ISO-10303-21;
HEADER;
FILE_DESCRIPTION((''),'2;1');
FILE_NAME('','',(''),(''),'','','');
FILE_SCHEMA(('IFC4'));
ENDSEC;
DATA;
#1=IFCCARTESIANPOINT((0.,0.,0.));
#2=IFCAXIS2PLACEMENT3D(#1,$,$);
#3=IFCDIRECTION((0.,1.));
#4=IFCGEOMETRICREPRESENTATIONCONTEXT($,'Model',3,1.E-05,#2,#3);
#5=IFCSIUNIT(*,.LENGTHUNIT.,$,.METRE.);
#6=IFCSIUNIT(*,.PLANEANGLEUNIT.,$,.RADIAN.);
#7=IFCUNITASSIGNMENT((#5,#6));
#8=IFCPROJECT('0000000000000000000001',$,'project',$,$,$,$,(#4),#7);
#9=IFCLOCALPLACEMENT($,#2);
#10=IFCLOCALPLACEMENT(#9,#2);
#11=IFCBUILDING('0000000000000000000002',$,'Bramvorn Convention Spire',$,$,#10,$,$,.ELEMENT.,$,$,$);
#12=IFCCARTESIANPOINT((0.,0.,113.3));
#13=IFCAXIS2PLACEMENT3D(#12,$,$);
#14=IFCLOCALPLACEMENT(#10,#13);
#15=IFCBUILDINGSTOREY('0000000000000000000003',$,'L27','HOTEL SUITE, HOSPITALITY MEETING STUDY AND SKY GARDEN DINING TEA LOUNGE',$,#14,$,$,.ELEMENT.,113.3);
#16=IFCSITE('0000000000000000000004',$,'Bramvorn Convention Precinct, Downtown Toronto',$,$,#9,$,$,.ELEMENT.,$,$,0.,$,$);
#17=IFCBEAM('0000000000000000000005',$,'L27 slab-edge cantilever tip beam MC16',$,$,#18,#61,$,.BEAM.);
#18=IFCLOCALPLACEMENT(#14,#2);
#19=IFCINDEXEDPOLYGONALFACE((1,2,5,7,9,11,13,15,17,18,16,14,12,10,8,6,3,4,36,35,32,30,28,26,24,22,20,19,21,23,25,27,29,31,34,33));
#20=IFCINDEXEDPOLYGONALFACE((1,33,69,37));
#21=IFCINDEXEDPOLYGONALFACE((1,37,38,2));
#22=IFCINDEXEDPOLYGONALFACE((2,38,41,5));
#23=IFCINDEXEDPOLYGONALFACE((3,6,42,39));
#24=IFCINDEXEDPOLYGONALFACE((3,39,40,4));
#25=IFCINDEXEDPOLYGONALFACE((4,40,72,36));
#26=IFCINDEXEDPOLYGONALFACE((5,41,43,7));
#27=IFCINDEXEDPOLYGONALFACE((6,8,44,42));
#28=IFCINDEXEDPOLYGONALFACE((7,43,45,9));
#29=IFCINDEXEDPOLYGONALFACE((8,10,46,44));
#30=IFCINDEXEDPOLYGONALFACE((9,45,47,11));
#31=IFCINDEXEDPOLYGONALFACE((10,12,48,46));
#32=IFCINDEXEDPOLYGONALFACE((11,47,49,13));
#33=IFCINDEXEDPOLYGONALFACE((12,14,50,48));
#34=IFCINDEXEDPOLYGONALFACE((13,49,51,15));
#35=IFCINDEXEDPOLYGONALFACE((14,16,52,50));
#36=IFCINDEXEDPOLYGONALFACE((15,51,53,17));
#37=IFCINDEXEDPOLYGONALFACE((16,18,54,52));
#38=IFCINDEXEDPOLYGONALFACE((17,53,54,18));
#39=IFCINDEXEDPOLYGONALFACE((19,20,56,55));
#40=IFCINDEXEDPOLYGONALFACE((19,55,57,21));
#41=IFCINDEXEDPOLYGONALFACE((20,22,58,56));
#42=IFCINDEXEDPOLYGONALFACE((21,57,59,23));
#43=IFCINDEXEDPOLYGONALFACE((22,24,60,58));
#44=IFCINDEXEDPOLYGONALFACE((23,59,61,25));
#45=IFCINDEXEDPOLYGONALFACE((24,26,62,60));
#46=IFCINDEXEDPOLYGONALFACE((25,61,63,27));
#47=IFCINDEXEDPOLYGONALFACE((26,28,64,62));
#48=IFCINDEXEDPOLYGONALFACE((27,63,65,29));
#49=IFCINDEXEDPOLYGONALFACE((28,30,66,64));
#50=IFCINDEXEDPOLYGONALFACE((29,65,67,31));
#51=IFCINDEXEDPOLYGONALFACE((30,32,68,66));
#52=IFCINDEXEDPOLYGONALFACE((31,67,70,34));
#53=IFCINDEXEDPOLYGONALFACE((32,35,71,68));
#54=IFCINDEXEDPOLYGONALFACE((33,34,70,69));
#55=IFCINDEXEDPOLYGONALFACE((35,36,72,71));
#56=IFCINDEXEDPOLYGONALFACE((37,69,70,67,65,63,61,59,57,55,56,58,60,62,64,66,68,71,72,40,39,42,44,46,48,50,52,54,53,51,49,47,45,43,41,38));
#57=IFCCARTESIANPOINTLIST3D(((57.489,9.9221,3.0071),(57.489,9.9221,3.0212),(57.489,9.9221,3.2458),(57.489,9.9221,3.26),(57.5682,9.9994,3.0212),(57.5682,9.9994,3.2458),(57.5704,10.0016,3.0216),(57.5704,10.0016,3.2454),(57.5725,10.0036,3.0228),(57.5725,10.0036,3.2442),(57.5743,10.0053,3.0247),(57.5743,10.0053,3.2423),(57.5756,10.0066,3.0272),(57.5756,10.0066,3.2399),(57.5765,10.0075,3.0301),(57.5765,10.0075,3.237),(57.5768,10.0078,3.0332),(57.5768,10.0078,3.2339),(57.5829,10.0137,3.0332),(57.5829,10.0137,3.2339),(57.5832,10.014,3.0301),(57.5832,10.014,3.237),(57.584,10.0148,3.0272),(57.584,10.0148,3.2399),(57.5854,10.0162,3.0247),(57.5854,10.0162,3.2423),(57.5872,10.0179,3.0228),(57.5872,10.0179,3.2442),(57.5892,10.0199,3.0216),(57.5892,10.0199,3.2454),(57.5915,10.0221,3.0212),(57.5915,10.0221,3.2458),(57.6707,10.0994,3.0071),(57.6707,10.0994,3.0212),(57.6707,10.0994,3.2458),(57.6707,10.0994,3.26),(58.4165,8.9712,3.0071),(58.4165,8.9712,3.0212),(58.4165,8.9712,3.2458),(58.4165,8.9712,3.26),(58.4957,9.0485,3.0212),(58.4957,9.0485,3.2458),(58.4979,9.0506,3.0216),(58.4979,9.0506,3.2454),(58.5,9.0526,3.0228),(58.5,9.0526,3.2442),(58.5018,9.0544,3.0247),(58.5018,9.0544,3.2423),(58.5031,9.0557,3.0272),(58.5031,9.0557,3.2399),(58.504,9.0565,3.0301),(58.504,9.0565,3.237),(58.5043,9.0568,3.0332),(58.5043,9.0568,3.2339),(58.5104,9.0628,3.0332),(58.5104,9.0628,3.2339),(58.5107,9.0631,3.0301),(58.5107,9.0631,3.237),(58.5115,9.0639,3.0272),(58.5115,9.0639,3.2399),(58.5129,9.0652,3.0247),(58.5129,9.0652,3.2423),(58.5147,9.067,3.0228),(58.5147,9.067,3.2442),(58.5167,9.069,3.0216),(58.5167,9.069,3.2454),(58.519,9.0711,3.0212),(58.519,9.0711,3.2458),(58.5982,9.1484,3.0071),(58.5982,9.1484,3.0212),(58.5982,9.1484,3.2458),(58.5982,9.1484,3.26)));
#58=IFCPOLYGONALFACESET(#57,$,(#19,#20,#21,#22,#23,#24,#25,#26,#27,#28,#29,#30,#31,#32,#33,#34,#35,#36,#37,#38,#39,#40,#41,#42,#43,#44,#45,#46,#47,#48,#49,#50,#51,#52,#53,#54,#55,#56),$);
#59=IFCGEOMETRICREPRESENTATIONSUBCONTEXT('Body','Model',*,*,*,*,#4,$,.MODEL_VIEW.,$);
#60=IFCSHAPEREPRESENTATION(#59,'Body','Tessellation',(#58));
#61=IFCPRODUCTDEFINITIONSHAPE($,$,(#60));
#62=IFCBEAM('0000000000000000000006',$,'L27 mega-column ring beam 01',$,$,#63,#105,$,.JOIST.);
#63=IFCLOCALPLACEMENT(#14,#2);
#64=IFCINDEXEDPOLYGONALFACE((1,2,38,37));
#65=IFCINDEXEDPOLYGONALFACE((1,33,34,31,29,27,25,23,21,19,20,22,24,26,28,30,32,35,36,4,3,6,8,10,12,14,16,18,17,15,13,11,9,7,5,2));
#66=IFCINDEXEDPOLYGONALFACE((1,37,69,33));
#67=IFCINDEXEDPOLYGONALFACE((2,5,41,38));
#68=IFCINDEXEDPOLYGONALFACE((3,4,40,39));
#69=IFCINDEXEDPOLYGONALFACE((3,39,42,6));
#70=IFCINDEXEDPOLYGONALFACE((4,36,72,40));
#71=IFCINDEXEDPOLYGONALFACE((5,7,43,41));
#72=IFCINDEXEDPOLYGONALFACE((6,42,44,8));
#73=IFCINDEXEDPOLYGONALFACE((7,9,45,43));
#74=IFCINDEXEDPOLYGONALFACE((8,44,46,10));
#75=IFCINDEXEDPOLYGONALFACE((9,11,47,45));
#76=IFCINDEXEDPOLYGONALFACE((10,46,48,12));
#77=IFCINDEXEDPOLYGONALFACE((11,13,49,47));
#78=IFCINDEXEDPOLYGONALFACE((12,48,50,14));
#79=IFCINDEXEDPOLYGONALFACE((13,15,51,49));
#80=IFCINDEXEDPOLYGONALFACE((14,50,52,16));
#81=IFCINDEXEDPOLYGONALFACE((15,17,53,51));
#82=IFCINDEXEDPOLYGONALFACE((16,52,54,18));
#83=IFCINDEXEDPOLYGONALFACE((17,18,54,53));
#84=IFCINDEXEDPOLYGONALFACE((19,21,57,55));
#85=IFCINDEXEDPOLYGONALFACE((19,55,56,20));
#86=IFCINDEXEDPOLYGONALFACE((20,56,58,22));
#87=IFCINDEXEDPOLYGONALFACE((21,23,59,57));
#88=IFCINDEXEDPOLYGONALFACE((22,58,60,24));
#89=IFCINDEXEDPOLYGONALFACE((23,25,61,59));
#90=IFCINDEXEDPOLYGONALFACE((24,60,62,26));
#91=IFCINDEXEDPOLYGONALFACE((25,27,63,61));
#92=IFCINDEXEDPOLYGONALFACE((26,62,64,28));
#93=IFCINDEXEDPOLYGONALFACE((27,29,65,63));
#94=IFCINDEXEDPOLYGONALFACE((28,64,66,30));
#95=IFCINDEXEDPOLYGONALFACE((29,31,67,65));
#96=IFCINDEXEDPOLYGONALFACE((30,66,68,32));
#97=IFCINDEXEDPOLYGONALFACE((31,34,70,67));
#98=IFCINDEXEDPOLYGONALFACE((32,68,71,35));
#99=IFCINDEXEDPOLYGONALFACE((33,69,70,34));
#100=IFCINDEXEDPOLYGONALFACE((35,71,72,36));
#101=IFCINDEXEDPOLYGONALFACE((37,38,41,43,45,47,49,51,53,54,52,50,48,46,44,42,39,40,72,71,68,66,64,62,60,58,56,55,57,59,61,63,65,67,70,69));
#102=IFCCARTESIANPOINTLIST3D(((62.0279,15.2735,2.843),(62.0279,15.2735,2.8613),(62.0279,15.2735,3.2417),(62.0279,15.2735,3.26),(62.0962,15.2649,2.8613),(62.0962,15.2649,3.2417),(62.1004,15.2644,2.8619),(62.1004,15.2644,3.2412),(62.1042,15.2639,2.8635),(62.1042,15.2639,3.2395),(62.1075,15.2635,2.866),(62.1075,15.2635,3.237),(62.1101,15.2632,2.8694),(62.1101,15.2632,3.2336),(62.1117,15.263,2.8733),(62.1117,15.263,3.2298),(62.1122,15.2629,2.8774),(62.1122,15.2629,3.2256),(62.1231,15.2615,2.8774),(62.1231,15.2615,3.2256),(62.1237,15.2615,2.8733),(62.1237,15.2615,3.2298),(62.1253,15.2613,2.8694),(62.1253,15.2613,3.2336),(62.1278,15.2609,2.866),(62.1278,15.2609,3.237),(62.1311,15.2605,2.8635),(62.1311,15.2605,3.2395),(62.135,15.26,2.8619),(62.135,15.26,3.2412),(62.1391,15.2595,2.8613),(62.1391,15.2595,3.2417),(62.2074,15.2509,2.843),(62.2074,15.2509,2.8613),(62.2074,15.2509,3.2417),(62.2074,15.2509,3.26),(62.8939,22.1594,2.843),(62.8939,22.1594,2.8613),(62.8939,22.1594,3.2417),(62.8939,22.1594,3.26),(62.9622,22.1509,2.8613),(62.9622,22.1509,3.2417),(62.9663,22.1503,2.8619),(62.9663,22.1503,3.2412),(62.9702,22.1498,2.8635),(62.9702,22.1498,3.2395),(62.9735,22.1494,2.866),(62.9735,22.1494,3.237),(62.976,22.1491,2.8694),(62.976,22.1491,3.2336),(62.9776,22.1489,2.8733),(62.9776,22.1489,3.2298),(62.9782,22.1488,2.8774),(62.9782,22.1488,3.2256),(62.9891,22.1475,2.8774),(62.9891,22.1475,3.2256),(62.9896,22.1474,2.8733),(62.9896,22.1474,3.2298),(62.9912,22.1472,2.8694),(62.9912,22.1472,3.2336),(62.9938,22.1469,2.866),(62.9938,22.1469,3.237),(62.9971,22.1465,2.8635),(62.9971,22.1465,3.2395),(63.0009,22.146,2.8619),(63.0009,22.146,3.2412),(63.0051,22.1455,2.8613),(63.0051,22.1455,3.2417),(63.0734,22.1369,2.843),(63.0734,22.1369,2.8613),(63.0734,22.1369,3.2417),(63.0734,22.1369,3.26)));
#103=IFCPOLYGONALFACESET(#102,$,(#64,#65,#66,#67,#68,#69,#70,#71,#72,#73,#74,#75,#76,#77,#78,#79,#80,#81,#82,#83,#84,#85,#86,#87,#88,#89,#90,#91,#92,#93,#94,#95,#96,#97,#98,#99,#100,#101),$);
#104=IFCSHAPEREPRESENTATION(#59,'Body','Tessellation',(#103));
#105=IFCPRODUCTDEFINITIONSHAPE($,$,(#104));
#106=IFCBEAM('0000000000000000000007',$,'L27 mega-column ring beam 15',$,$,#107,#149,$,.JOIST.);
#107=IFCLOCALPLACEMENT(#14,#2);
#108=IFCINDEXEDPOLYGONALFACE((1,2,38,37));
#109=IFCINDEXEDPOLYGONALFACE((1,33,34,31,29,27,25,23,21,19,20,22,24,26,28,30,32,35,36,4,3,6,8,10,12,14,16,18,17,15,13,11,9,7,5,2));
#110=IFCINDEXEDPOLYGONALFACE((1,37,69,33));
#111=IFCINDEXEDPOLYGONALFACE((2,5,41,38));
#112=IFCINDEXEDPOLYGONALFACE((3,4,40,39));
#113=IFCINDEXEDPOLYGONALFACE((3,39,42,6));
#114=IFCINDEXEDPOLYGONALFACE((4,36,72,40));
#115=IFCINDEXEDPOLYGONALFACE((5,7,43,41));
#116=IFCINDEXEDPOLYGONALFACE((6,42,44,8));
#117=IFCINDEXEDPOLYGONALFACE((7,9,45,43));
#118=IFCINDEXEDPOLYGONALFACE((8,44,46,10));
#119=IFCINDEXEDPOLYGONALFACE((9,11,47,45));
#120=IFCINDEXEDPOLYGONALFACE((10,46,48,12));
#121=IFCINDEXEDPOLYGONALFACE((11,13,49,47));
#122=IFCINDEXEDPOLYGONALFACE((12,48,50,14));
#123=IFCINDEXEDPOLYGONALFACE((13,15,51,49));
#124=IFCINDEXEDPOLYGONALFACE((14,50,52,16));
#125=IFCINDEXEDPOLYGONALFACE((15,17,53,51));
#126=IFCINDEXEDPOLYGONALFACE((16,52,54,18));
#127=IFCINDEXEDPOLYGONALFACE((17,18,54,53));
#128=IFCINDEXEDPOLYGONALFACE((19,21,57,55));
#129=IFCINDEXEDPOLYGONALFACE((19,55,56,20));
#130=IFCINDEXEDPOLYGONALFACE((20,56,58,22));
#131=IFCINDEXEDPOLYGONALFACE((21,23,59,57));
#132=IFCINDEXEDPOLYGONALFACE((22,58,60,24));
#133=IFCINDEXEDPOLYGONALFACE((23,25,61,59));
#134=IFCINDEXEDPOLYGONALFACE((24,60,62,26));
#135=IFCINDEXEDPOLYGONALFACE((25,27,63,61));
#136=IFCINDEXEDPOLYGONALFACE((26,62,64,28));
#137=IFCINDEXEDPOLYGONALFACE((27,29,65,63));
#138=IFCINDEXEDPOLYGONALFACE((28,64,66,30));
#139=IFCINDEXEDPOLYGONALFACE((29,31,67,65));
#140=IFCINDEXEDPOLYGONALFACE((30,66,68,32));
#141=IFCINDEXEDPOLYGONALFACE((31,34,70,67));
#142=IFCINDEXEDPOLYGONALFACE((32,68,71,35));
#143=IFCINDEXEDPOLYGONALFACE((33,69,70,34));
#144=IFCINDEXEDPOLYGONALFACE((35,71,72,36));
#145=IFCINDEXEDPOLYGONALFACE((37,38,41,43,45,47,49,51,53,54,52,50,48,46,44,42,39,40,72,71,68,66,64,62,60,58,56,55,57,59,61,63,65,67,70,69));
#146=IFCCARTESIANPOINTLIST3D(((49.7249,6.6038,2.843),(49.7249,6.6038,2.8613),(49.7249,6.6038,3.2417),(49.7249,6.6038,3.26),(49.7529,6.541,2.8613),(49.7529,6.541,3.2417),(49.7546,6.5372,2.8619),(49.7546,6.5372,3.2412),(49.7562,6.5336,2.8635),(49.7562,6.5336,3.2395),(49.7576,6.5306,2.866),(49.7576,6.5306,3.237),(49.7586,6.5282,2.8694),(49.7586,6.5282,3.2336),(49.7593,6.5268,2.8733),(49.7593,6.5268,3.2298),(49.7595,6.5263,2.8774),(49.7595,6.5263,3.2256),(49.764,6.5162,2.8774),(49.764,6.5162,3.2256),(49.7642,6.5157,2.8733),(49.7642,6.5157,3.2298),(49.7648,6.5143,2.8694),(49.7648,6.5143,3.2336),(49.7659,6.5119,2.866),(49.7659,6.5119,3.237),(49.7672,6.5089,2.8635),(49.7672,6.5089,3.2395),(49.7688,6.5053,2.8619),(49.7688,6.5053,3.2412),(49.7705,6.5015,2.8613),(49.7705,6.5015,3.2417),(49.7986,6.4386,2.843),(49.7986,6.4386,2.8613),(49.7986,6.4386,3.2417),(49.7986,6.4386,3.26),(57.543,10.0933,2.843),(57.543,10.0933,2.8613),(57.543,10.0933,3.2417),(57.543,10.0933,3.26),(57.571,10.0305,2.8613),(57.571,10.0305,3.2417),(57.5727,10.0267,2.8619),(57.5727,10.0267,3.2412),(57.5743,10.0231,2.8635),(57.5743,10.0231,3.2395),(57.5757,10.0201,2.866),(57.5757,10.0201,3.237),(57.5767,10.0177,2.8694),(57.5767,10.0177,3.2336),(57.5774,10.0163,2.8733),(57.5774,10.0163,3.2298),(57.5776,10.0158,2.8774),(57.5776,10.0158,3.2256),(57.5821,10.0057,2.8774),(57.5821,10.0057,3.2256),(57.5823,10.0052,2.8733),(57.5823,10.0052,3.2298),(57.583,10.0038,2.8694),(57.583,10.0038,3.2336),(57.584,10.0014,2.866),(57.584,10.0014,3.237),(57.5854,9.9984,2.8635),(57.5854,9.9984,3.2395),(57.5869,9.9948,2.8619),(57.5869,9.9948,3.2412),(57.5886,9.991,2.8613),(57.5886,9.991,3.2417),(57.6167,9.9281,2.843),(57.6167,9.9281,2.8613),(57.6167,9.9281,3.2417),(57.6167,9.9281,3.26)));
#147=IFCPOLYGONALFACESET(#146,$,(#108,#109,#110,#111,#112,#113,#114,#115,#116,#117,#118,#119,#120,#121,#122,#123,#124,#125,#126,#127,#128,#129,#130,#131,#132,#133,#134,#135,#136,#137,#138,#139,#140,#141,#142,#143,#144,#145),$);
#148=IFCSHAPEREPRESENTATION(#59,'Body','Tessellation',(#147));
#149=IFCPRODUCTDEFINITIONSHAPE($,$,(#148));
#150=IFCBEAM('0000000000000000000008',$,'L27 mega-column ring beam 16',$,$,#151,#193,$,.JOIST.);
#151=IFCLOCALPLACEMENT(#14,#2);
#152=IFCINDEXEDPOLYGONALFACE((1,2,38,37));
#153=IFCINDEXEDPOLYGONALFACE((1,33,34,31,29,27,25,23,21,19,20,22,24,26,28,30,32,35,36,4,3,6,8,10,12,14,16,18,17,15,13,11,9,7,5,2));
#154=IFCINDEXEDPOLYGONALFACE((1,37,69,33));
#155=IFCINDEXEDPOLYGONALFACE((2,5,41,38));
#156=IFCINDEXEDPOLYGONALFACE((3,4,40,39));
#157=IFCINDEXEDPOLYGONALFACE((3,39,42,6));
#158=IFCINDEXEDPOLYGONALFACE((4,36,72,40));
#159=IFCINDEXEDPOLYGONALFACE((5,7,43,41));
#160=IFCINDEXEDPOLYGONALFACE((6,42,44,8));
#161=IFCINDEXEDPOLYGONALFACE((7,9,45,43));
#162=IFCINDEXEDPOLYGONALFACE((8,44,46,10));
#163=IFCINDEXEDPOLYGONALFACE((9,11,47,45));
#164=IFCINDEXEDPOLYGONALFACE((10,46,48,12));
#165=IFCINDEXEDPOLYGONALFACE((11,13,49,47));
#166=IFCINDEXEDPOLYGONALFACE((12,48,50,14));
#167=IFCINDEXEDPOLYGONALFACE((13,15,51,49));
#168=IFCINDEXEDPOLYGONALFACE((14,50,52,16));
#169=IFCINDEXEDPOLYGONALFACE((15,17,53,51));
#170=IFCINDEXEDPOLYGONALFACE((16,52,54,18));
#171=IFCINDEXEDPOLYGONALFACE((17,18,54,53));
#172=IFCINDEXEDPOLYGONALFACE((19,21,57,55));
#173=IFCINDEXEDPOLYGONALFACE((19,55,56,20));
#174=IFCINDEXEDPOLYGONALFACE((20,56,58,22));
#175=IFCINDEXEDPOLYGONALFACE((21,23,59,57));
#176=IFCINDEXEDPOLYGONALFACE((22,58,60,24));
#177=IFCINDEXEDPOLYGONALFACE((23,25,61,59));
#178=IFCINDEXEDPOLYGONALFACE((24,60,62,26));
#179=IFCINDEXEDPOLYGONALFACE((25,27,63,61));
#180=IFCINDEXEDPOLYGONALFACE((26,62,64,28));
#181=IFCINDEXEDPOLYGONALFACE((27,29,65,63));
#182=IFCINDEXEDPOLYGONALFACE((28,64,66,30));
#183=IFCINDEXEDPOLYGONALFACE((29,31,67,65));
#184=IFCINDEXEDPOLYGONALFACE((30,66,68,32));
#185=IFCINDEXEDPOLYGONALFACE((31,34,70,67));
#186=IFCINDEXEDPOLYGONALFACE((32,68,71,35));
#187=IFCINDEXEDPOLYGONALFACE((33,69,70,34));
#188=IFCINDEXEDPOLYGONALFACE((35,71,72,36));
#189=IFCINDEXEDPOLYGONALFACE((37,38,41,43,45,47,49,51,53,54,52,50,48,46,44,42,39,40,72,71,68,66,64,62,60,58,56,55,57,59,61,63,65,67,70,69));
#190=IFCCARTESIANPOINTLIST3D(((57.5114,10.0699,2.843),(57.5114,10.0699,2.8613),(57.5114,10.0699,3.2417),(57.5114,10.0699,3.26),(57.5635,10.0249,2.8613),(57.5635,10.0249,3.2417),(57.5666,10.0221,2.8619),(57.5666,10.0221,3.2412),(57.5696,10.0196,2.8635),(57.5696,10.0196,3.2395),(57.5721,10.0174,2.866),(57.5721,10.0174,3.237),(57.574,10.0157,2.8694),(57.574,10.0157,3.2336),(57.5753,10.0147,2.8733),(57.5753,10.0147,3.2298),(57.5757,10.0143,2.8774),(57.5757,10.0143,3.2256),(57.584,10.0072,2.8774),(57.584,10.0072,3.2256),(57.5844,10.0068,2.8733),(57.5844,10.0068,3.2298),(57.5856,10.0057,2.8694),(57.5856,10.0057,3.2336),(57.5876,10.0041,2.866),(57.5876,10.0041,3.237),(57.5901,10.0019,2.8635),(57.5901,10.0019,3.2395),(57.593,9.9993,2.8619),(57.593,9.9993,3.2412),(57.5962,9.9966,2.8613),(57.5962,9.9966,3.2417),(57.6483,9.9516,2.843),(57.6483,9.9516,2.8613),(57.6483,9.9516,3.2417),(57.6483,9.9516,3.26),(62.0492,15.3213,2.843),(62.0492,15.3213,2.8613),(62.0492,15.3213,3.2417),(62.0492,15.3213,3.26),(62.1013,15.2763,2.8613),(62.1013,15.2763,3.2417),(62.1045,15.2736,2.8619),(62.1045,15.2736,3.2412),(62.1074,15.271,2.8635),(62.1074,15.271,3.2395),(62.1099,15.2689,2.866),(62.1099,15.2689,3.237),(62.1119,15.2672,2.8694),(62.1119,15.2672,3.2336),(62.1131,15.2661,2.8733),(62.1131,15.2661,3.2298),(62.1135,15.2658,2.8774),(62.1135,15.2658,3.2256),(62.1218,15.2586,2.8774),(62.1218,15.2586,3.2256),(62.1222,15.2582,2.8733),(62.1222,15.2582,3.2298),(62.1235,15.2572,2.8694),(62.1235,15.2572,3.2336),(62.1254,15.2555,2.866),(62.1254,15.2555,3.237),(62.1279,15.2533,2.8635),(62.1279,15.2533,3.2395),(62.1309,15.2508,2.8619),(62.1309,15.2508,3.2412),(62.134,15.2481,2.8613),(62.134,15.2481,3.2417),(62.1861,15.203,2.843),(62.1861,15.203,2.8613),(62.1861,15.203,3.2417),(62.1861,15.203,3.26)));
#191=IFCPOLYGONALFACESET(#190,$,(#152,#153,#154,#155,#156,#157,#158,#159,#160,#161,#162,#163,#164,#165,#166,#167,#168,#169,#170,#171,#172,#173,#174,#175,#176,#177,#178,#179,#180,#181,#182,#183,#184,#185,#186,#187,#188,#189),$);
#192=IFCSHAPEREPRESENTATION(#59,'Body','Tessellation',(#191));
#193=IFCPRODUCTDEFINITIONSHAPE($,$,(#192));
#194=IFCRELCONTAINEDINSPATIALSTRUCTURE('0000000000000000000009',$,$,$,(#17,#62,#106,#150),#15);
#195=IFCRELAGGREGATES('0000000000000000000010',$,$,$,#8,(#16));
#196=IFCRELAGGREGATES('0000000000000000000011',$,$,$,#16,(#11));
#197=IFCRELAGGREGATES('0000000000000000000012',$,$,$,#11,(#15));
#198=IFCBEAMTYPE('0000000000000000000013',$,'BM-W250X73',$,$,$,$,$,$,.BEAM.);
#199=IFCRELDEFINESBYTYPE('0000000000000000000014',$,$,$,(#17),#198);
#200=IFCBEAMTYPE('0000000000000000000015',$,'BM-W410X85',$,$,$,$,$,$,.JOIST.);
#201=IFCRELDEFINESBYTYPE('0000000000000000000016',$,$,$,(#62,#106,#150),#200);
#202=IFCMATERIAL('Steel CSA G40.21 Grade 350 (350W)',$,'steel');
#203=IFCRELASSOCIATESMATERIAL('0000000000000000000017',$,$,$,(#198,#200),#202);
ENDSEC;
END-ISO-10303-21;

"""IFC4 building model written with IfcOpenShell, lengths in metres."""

from ifc_helpers import new_model, si_unit, direction, frame, origin, origin_2d, place, context, subcontext, project, spatial, i_section, extrude, material, material_profile, profile_set, type_object, element, save


model = new_model("IFC4")

# Units and contexts
model_context = context("Model", 3, precision=1e-05, world=origin(), true_north=direction((0.0, 1.0)))
body_context = subcontext(model_context, "Body", "Model", "MODEL_VIEW")
ifc_project = project(units=[si_unit("LENGTHUNIT", "METRE"), si_unit("PLANEANGLEUNIT", "RADIAN")], contexts=[model_context])

# Site, building, storey
site_placement = place(None, origin())
site = spatial("IfcSite", under=ifc_project, at=site_placement, Name="Bramvorn Convention Precinct, Downtown Toronto", CompositionType="ELEMENT", RefElevation=0.0)
building_placement = place(site_placement, origin())
building = spatial("IfcBuilding", under=site, at=building_placement, Name="Bramvorn Convention Spire", CompositionType="ELEMENT")
storey_placement = place(building_placement, frame((0.0, 0.0, 113.3)))
storey = spatial("IfcBuildingStorey", under=building, at=storey_placement, Name="L27", Description="HOTEL SUITE, HOSPITALITY MEETING STUDY AND SKY GARDEN DINING TEA LOUNGE", CompositionType="ELEMENT", Elevation=113.3)

# Shared definitions
ifc_material_1 = material(Name="Steel CSA G40.21 Grade 350 (350W)", Category="steel")

# Beams
ifc_material_profile_1 = material_profile(ifc_material_1, i_section(OverallWidth=0.2539, OverallDepth=0.2529, WebThickness=0.0085, FlangeThickness=0.0142, FilletRadius=0.012, at=origin_2d()))
ifc_profile_set_1 = profile_set([ifc_material_profile_1], Name="Steel CSA G40.21 Grade 350 (350W) - W250X73")
beam_type_1 = type_object("IfcBeamType", Name="BM-W250X73", PredefinedType="BEAM", material=ifc_profile_set_1)
beam_1_placement = place(storey_placement, frame((57.5798, 10.0107, 3.1335), z_axis=(0.69823, -0.715874, 0.0), x_axis=(0.715874, 0.69823, 0.0)))
element("IfcBeam", 1, at=beam_1_placement, inside=storey, type_object=beam_type_1, Name="L27 slab-edge cantilever tip beam MC16", PredefinedType="BEAM", context=body_context, shape_type="SweptSolid", body=[
    extrude(i_section(OverallWidth=0.2539, OverallDepth=0.2529, WebThickness=0.0085, FlangeThickness=0.0142, FilletRadius=0.012, at=origin_2d()), origin(), (0.0, 0.0, 1.0), 1.3284),
])
ifc_material_profile_2 = material_profile(ifc_material_1, i_section(OverallWidth=0.1809, OverallDepth=0.417, WebThickness=0.011, FlangeThickness=0.0183, FilletRadius=0.0161, at=origin_2d()))
ifc_profile_set_2 = profile_set([ifc_material_profile_2], Name="Steel CSA G40.21 Grade 350 (350W) - W410X85")
beam_type_2 = type_object("IfcBeamType", Name="BM-W410X85", PredefinedType="JOIST", material=ifc_profile_set_2)
beam_2_placement = place(storey_placement, frame((62.1177, 15.2622, 3.0515), z_axis=(0.124775, 0.992185, 0.0), x_axis=(-0.992185, 0.124775, 0.0)))
element("IfcBeam", 2, at=beam_2_placement, inside=storey, type_object=beam_type_2, Name="L27 mega-column ring beam 01", PredefinedType="JOIST", context=body_context, shape_type="SweptSolid", body=[
    extrude(i_section(OverallWidth=0.1809, OverallDepth=0.417, WebThickness=0.011, FlangeThickness=0.0183, FilletRadius=0.0161, at=origin_2d()), origin(), (0.0, 0.0, 1.0), 6.9402),
])
beam_3_placement = place(storey_placement, frame((49.7617, 6.5212, 3.0515), z_axis=(0.91317, 0.40758, 0.0), x_axis=(-0.40758, 0.91317, 0.0)))
element("IfcBeam", 3, at=beam_3_placement, inside=storey, type_object=beam_type_2, Name="L27 mega-column ring beam 15", PredefinedType="JOIST", context=body_context, shape_type="SweptSolid", body=[
    extrude(i_section(OverallWidth=0.1809, OverallDepth=0.417, WebThickness=0.011, FlangeThickness=0.0183, FilletRadius=0.0161, at=origin_2d()), origin(), (0.0, 0.0, 1.0), 8.5615),
])
beam_4_placement = place(storey_placement, frame((57.5798, 10.0107, 3.0515), z_axis=(0.653825, 0.756646, 0.0), x_axis=(-0.756646, 0.653825, 0.0)))
element("IfcBeam", 4, at=beam_4_placement, inside=storey, type_object=beam_type_2, Name="L27 mega-column ring beam 16", PredefinedType="JOIST", context=body_context, shape_type="SweptSolid", body=[
    extrude(i_section(OverallWidth=0.1809, OverallDepth=0.417, WebThickness=0.011, FlangeThickness=0.0183, FilletRadius=0.0161, at=origin_2d()), origin(), (0.0, 0.0, 1.0), 6.9404),
])

save(model, "model.ifc")
